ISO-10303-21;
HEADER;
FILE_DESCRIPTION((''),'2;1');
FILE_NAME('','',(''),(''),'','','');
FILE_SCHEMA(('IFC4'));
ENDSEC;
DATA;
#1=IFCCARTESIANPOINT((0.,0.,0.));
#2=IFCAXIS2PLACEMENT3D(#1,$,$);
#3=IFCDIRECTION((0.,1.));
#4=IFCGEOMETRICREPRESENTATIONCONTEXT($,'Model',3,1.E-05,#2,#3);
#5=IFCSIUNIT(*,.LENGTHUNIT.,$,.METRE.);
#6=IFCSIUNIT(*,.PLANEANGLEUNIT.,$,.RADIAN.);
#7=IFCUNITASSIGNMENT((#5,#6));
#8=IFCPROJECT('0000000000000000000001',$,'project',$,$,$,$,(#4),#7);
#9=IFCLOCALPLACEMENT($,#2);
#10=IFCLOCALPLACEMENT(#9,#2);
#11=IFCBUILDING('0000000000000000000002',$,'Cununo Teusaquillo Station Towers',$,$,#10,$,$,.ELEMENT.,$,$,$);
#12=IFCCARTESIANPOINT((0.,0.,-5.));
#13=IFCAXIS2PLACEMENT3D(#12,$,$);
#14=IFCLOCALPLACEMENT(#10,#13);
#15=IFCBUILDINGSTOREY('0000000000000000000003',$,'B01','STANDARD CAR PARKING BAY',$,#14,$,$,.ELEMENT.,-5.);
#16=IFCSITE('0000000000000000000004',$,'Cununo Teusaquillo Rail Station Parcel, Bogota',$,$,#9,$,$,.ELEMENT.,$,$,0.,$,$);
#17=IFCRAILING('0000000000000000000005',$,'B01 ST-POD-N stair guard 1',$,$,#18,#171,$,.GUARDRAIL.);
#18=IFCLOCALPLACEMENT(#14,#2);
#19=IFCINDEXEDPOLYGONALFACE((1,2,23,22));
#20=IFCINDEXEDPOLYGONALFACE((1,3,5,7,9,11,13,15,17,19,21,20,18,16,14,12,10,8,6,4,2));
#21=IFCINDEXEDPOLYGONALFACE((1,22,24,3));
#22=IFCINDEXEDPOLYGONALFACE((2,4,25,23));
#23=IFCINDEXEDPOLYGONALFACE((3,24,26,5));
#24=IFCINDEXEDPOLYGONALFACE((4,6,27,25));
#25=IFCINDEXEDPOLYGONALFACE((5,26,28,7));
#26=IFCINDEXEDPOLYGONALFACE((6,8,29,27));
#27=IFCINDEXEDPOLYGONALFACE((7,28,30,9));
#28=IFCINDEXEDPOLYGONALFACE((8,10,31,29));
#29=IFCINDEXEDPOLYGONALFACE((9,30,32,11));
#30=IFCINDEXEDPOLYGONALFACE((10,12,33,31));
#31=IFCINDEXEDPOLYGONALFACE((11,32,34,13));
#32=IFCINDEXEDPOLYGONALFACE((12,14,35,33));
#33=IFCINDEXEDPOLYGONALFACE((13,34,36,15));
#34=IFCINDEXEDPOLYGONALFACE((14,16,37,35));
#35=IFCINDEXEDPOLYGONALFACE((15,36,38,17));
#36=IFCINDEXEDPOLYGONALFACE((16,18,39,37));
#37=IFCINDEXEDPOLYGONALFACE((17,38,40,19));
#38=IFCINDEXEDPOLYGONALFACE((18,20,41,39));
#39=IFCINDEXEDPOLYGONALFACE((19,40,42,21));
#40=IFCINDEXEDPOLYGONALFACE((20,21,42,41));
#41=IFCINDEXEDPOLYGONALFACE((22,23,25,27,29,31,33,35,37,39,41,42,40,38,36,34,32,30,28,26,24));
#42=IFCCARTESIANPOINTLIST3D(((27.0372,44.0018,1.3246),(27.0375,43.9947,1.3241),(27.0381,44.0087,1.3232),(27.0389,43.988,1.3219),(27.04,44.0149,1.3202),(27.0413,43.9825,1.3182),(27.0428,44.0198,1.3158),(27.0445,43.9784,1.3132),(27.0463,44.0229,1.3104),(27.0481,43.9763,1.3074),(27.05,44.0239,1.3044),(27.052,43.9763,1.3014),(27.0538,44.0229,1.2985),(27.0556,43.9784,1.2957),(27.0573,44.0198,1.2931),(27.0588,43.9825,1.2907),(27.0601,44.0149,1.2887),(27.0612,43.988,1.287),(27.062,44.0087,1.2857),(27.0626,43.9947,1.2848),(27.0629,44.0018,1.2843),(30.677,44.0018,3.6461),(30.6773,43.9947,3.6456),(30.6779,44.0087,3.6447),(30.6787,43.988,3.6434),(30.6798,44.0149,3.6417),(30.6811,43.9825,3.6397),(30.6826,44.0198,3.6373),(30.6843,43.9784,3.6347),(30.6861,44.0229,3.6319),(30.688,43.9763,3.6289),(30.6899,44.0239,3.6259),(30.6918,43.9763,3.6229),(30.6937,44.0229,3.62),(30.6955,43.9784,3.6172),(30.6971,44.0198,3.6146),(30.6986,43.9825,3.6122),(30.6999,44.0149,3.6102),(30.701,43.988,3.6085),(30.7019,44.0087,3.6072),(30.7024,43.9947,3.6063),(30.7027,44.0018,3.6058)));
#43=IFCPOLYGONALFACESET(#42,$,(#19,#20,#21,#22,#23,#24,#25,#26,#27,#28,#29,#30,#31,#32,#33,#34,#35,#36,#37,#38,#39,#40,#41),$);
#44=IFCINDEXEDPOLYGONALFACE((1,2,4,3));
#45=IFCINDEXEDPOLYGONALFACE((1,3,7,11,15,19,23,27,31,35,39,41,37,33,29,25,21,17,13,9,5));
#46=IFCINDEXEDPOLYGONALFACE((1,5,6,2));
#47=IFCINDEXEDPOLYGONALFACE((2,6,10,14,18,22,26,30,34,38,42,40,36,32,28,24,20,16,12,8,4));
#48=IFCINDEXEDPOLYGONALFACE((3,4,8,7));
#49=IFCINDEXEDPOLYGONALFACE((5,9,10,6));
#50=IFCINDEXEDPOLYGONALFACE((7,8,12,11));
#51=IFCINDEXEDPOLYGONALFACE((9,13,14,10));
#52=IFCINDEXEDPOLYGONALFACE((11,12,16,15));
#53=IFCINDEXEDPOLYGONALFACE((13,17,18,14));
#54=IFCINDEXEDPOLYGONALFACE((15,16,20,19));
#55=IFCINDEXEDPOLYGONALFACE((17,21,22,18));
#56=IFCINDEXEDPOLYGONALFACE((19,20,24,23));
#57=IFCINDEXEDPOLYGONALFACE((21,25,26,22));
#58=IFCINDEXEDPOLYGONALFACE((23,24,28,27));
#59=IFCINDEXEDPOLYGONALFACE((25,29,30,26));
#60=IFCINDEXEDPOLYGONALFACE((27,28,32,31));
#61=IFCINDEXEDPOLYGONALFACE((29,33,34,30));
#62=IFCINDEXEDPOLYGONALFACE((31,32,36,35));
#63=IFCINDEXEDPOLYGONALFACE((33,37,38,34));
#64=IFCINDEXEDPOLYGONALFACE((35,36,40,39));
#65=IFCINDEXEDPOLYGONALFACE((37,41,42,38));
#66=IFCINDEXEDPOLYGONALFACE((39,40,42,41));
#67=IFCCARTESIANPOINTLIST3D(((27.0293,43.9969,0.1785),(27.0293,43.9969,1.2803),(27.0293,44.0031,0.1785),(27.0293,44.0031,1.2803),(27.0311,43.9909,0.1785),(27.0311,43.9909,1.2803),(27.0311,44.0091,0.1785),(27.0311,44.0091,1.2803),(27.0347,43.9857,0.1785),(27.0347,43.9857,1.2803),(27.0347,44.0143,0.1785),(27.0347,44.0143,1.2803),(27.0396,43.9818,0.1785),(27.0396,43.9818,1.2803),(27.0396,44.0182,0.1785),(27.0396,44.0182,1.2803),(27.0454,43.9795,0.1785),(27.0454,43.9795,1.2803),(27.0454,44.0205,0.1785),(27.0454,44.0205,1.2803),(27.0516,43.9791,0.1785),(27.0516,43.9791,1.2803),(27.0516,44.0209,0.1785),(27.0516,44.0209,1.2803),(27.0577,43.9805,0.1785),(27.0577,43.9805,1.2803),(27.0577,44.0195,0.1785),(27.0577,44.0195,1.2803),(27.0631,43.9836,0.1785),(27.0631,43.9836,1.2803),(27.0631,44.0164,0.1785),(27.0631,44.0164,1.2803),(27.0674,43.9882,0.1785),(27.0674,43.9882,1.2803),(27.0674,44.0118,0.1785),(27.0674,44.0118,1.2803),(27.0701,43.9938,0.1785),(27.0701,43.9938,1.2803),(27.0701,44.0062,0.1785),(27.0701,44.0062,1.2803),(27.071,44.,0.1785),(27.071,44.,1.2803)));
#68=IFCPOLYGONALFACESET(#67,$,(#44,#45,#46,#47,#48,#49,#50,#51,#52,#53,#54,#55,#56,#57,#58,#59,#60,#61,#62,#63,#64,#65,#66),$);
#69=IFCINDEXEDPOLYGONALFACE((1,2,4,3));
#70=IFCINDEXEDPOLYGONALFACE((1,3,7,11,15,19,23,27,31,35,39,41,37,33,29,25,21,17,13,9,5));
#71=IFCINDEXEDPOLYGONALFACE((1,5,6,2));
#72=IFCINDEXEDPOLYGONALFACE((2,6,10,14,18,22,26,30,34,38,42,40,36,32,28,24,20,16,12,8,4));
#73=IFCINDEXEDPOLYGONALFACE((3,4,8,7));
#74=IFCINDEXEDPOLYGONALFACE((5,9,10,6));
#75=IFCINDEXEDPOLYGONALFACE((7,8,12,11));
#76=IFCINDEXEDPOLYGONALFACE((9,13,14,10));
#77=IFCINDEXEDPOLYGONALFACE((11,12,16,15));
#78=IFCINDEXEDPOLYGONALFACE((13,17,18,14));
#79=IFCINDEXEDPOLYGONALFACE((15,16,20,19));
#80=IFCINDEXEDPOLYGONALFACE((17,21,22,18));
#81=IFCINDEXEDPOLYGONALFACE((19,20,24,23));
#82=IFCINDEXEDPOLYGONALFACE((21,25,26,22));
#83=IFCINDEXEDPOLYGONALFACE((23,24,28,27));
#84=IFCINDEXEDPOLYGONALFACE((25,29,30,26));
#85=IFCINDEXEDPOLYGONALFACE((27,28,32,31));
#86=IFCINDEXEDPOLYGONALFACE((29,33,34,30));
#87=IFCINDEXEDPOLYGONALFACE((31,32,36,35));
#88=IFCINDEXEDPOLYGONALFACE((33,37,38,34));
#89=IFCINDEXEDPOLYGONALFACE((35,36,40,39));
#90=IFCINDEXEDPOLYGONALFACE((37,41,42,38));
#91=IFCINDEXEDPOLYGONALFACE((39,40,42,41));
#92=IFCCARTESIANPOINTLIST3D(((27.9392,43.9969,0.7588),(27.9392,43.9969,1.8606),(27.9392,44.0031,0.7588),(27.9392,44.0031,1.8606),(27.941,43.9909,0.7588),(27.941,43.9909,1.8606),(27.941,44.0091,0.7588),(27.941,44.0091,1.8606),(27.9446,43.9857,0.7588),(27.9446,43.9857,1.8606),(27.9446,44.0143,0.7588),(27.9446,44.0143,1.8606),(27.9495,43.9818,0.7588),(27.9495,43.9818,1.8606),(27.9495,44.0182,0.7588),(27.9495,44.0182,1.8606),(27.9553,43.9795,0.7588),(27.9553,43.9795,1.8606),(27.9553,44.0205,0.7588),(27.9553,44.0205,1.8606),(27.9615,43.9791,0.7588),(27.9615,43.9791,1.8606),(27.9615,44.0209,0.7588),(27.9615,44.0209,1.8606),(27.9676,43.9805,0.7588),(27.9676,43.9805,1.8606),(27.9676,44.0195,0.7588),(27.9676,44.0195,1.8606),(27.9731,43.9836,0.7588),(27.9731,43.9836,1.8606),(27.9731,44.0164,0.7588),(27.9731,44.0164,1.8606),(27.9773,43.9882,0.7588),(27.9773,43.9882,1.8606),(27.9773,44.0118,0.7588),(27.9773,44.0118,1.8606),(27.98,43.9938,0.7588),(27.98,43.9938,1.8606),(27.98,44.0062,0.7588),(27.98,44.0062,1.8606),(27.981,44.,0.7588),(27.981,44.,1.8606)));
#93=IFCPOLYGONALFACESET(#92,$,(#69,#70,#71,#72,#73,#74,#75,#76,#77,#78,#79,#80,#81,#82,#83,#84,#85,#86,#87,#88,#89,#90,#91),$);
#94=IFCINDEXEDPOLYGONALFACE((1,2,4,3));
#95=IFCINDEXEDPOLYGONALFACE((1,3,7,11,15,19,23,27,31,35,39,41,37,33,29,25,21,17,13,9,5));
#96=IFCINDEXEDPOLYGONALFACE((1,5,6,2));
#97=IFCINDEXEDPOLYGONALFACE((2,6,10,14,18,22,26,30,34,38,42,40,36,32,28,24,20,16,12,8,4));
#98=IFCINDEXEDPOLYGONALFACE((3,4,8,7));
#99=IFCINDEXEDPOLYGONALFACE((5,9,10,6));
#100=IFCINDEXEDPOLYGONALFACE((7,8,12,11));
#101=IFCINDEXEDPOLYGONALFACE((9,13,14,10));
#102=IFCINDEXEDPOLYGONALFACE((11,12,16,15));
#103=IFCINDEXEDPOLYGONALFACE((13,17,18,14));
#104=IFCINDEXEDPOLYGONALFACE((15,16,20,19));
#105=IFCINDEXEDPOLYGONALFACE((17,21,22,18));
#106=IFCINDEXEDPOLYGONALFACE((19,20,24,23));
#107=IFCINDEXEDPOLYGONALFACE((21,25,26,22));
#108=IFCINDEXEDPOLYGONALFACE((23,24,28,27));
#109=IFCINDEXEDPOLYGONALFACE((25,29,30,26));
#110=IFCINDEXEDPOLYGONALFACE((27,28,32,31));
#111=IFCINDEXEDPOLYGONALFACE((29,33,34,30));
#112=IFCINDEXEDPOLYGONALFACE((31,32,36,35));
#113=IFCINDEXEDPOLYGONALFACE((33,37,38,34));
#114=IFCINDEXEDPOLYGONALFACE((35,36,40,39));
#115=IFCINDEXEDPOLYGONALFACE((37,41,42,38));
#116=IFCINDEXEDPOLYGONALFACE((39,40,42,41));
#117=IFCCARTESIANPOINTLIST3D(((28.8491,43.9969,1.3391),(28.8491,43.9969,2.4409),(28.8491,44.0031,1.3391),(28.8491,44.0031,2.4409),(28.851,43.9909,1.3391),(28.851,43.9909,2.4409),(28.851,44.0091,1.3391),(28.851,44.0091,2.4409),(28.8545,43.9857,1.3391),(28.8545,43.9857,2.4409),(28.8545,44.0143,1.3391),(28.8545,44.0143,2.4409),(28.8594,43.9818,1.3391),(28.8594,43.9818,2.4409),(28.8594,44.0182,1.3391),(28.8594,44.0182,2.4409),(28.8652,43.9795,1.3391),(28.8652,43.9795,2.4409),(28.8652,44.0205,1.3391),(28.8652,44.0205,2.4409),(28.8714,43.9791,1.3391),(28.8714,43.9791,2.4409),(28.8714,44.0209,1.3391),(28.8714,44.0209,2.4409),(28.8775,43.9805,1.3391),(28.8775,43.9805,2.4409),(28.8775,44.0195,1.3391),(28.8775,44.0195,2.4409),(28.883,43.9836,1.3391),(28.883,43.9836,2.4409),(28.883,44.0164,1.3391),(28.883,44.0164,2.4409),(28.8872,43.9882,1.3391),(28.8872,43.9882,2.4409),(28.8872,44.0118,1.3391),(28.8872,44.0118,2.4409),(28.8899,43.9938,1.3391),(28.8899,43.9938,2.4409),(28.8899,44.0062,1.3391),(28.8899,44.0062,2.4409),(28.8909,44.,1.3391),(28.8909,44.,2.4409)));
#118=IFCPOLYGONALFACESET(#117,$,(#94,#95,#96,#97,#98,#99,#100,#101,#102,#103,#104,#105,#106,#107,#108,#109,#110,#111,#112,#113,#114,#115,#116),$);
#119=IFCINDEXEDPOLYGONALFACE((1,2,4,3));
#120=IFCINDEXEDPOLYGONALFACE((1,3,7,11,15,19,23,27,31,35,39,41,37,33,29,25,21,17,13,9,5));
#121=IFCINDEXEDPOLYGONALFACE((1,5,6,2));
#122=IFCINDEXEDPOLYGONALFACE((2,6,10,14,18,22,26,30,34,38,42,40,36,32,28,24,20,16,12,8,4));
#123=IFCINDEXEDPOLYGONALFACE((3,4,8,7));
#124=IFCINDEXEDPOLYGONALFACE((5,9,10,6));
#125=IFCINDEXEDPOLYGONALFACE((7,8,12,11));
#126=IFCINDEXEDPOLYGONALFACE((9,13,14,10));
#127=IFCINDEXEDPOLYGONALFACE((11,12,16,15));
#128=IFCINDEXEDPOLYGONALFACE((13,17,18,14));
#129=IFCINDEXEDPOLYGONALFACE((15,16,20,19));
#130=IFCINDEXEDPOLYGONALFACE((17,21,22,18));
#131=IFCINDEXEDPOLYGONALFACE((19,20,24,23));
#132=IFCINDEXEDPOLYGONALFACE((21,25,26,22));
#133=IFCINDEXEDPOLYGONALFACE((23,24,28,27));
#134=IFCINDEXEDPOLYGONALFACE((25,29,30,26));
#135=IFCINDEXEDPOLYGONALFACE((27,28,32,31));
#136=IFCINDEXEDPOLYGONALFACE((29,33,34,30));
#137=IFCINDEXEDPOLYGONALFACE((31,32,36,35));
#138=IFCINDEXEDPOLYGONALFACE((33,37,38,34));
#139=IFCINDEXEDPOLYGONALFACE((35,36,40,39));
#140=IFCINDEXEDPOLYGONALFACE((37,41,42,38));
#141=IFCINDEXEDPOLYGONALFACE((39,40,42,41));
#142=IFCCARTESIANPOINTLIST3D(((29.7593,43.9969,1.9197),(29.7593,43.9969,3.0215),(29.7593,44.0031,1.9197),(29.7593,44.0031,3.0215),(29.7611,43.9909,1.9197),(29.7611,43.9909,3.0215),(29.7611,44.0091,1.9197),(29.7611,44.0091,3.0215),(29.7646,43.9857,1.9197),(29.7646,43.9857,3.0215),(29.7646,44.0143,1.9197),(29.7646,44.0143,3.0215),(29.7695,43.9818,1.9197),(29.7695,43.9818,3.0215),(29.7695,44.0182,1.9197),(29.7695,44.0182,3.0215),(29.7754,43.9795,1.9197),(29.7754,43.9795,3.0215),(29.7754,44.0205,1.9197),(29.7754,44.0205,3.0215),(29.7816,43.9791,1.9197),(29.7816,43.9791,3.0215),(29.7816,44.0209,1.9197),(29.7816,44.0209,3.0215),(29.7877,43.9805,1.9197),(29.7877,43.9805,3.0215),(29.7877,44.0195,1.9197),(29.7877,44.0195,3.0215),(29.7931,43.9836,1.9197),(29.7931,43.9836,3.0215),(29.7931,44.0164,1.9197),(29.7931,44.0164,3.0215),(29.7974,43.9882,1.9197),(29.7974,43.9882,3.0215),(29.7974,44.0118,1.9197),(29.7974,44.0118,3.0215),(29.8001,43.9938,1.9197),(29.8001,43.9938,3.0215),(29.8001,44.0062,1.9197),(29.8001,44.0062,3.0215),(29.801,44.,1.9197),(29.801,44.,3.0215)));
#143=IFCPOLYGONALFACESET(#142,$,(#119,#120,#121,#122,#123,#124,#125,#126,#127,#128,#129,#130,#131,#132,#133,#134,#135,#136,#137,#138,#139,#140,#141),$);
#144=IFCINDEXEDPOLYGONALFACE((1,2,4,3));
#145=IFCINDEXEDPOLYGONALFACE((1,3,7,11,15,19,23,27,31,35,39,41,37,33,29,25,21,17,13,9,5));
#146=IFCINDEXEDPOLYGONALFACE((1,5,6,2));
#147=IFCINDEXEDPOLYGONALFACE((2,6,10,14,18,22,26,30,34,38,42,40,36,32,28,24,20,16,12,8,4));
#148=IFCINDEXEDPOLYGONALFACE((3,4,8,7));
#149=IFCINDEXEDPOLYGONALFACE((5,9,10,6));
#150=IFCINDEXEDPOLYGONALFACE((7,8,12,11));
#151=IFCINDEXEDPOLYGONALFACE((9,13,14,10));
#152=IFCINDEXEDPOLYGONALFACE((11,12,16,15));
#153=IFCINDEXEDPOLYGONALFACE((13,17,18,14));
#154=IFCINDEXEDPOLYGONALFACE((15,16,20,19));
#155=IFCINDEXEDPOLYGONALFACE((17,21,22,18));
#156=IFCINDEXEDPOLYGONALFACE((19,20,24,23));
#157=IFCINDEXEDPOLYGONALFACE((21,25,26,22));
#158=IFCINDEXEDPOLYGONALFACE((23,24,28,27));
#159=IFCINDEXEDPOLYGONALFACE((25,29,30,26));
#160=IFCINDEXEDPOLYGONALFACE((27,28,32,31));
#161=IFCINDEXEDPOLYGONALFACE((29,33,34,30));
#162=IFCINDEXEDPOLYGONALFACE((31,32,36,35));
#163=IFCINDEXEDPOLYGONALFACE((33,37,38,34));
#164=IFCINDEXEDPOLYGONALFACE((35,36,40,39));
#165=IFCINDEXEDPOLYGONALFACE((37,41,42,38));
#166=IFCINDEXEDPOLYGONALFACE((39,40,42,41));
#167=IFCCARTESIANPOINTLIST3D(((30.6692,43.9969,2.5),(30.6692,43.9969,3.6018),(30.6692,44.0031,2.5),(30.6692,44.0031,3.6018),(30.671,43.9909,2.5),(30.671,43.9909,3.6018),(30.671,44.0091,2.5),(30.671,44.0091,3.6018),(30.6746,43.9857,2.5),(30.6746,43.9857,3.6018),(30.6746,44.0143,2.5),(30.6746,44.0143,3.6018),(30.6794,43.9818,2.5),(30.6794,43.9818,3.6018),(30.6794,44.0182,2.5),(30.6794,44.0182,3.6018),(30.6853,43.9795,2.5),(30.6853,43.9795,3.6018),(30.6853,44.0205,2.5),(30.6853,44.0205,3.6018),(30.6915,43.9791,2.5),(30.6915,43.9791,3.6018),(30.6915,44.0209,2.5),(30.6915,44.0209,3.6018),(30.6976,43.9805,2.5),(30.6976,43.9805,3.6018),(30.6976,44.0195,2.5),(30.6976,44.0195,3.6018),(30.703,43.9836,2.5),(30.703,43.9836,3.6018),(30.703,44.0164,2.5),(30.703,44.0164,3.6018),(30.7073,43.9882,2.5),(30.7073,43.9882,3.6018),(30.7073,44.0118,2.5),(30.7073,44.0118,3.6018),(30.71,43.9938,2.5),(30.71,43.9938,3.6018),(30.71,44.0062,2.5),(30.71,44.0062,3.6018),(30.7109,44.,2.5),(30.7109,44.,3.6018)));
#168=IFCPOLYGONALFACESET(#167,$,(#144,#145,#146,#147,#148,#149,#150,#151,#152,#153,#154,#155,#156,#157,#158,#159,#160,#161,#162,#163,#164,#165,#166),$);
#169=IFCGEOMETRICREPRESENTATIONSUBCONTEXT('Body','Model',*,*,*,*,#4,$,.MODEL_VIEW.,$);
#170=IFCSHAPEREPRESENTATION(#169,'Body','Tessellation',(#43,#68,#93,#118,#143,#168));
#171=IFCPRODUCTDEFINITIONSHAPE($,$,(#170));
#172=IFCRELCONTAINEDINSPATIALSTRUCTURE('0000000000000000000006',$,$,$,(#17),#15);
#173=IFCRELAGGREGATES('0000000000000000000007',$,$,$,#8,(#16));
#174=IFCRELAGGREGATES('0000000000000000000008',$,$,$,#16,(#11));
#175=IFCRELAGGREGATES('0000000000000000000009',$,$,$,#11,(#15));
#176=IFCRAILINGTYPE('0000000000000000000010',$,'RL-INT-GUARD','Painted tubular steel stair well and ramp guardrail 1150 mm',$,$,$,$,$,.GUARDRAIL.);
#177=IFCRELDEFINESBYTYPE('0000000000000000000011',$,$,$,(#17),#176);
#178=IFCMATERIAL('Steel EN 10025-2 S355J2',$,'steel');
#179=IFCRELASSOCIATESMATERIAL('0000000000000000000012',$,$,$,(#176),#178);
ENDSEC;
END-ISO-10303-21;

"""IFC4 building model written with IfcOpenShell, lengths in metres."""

from ifc_helpers import new_model, si_unit, direction, frame, origin, origin_2d, place, context, subcontext, project, spatial, circle, extrude, material, type_object, element, save


model = new_model("IFC4")

# Units and contexts
model_context = context("Model", 3, precision=1e-05, world=origin(), true_north=direction((0.0, 1.0)))
body_context = subcontext(model_context, "Body", "Model", "MODEL_VIEW")
ifc_project = project(units=[si_unit("LENGTHUNIT", "METRE"), si_unit("PLANEANGLEUNIT", "RADIAN")], contexts=[model_context])

# Site, building, storey
site_placement = place(None, origin())
site = spatial("IfcSite", under=ifc_project, at=site_placement, Name="Cununo Teusaquillo Rail Station Parcel, Bogota", CompositionType="ELEMENT", RefElevation=0.0)
building_placement = place(site_placement, origin())
building = spatial("IfcBuilding", under=site, at=building_placement, Name="Cununo Teusaquillo Station Towers", CompositionType="ELEMENT")
storey_placement = place(building_placement, frame((0.0, 0.0, -5.0)))
storey = spatial("IfcBuildingStorey", under=building, at=storey_placement, Name="B01", Description="STANDARD CAR PARKING BAY", CompositionType="ELEMENT", Elevation=-5.0)

# Railing
ifc_material_1 = material(Name="Steel EN 10025-2 S355J2", Category="steel")
railing_type_1 = type_object("IfcRailingType", Name="RL-INT-GUARD", Description="Painted tubular steel stair well and ramp guardrail 1150 mm", PredefinedType="GUARDRAIL", material=ifc_material_1)
railing_1_placement = place(storey_placement, frame((27.05, 44.0, 0.1785)))
element("IfcRailing", 1, at=railing_1_placement, inside=storey, type_object=railing_type_1, Name="B01 ST-POD-N stair guard 1", PredefinedType="GUARDRAIL", context=body_context, shape_type="SweptSolid", body=[
    extrude(circle(Radius=0.0239, at=origin_2d()), frame((0.0, 0.0, 1.126), z_axis=(0.843112, 0.0, 0.537739), x_axis=(0.0, 1.0, 0.0)), (0.0, 0.0, 1.0), 4.3171),
    extrude(circle(Radius=0.021, at=origin_2d()), origin(), (0.0, 0.0, 1.0), 1.1018),
    extrude(circle(Radius=0.021, at=origin_2d()), frame((0.9099, 0.0, 0.5803)), (0.0, 0.0, 1.0), 1.1018),
    extrude(circle(Radius=0.021, at=origin_2d()), frame((1.8198, 0.0, 1.1606)), (0.0, 0.0, 1.0), 1.1018),
    extrude(circle(Radius=0.021, at=origin_2d()), frame((2.73, 0.0, 1.7412)), (0.0, 0.0, 1.0), 1.1018),
    extrude(circle(Radius=0.021, at=origin_2d()), frame((3.6399, 0.0, 2.3215)), (0.0, 0.0, 1.0), 1.1018),
])

save(model, "model.ifc")
